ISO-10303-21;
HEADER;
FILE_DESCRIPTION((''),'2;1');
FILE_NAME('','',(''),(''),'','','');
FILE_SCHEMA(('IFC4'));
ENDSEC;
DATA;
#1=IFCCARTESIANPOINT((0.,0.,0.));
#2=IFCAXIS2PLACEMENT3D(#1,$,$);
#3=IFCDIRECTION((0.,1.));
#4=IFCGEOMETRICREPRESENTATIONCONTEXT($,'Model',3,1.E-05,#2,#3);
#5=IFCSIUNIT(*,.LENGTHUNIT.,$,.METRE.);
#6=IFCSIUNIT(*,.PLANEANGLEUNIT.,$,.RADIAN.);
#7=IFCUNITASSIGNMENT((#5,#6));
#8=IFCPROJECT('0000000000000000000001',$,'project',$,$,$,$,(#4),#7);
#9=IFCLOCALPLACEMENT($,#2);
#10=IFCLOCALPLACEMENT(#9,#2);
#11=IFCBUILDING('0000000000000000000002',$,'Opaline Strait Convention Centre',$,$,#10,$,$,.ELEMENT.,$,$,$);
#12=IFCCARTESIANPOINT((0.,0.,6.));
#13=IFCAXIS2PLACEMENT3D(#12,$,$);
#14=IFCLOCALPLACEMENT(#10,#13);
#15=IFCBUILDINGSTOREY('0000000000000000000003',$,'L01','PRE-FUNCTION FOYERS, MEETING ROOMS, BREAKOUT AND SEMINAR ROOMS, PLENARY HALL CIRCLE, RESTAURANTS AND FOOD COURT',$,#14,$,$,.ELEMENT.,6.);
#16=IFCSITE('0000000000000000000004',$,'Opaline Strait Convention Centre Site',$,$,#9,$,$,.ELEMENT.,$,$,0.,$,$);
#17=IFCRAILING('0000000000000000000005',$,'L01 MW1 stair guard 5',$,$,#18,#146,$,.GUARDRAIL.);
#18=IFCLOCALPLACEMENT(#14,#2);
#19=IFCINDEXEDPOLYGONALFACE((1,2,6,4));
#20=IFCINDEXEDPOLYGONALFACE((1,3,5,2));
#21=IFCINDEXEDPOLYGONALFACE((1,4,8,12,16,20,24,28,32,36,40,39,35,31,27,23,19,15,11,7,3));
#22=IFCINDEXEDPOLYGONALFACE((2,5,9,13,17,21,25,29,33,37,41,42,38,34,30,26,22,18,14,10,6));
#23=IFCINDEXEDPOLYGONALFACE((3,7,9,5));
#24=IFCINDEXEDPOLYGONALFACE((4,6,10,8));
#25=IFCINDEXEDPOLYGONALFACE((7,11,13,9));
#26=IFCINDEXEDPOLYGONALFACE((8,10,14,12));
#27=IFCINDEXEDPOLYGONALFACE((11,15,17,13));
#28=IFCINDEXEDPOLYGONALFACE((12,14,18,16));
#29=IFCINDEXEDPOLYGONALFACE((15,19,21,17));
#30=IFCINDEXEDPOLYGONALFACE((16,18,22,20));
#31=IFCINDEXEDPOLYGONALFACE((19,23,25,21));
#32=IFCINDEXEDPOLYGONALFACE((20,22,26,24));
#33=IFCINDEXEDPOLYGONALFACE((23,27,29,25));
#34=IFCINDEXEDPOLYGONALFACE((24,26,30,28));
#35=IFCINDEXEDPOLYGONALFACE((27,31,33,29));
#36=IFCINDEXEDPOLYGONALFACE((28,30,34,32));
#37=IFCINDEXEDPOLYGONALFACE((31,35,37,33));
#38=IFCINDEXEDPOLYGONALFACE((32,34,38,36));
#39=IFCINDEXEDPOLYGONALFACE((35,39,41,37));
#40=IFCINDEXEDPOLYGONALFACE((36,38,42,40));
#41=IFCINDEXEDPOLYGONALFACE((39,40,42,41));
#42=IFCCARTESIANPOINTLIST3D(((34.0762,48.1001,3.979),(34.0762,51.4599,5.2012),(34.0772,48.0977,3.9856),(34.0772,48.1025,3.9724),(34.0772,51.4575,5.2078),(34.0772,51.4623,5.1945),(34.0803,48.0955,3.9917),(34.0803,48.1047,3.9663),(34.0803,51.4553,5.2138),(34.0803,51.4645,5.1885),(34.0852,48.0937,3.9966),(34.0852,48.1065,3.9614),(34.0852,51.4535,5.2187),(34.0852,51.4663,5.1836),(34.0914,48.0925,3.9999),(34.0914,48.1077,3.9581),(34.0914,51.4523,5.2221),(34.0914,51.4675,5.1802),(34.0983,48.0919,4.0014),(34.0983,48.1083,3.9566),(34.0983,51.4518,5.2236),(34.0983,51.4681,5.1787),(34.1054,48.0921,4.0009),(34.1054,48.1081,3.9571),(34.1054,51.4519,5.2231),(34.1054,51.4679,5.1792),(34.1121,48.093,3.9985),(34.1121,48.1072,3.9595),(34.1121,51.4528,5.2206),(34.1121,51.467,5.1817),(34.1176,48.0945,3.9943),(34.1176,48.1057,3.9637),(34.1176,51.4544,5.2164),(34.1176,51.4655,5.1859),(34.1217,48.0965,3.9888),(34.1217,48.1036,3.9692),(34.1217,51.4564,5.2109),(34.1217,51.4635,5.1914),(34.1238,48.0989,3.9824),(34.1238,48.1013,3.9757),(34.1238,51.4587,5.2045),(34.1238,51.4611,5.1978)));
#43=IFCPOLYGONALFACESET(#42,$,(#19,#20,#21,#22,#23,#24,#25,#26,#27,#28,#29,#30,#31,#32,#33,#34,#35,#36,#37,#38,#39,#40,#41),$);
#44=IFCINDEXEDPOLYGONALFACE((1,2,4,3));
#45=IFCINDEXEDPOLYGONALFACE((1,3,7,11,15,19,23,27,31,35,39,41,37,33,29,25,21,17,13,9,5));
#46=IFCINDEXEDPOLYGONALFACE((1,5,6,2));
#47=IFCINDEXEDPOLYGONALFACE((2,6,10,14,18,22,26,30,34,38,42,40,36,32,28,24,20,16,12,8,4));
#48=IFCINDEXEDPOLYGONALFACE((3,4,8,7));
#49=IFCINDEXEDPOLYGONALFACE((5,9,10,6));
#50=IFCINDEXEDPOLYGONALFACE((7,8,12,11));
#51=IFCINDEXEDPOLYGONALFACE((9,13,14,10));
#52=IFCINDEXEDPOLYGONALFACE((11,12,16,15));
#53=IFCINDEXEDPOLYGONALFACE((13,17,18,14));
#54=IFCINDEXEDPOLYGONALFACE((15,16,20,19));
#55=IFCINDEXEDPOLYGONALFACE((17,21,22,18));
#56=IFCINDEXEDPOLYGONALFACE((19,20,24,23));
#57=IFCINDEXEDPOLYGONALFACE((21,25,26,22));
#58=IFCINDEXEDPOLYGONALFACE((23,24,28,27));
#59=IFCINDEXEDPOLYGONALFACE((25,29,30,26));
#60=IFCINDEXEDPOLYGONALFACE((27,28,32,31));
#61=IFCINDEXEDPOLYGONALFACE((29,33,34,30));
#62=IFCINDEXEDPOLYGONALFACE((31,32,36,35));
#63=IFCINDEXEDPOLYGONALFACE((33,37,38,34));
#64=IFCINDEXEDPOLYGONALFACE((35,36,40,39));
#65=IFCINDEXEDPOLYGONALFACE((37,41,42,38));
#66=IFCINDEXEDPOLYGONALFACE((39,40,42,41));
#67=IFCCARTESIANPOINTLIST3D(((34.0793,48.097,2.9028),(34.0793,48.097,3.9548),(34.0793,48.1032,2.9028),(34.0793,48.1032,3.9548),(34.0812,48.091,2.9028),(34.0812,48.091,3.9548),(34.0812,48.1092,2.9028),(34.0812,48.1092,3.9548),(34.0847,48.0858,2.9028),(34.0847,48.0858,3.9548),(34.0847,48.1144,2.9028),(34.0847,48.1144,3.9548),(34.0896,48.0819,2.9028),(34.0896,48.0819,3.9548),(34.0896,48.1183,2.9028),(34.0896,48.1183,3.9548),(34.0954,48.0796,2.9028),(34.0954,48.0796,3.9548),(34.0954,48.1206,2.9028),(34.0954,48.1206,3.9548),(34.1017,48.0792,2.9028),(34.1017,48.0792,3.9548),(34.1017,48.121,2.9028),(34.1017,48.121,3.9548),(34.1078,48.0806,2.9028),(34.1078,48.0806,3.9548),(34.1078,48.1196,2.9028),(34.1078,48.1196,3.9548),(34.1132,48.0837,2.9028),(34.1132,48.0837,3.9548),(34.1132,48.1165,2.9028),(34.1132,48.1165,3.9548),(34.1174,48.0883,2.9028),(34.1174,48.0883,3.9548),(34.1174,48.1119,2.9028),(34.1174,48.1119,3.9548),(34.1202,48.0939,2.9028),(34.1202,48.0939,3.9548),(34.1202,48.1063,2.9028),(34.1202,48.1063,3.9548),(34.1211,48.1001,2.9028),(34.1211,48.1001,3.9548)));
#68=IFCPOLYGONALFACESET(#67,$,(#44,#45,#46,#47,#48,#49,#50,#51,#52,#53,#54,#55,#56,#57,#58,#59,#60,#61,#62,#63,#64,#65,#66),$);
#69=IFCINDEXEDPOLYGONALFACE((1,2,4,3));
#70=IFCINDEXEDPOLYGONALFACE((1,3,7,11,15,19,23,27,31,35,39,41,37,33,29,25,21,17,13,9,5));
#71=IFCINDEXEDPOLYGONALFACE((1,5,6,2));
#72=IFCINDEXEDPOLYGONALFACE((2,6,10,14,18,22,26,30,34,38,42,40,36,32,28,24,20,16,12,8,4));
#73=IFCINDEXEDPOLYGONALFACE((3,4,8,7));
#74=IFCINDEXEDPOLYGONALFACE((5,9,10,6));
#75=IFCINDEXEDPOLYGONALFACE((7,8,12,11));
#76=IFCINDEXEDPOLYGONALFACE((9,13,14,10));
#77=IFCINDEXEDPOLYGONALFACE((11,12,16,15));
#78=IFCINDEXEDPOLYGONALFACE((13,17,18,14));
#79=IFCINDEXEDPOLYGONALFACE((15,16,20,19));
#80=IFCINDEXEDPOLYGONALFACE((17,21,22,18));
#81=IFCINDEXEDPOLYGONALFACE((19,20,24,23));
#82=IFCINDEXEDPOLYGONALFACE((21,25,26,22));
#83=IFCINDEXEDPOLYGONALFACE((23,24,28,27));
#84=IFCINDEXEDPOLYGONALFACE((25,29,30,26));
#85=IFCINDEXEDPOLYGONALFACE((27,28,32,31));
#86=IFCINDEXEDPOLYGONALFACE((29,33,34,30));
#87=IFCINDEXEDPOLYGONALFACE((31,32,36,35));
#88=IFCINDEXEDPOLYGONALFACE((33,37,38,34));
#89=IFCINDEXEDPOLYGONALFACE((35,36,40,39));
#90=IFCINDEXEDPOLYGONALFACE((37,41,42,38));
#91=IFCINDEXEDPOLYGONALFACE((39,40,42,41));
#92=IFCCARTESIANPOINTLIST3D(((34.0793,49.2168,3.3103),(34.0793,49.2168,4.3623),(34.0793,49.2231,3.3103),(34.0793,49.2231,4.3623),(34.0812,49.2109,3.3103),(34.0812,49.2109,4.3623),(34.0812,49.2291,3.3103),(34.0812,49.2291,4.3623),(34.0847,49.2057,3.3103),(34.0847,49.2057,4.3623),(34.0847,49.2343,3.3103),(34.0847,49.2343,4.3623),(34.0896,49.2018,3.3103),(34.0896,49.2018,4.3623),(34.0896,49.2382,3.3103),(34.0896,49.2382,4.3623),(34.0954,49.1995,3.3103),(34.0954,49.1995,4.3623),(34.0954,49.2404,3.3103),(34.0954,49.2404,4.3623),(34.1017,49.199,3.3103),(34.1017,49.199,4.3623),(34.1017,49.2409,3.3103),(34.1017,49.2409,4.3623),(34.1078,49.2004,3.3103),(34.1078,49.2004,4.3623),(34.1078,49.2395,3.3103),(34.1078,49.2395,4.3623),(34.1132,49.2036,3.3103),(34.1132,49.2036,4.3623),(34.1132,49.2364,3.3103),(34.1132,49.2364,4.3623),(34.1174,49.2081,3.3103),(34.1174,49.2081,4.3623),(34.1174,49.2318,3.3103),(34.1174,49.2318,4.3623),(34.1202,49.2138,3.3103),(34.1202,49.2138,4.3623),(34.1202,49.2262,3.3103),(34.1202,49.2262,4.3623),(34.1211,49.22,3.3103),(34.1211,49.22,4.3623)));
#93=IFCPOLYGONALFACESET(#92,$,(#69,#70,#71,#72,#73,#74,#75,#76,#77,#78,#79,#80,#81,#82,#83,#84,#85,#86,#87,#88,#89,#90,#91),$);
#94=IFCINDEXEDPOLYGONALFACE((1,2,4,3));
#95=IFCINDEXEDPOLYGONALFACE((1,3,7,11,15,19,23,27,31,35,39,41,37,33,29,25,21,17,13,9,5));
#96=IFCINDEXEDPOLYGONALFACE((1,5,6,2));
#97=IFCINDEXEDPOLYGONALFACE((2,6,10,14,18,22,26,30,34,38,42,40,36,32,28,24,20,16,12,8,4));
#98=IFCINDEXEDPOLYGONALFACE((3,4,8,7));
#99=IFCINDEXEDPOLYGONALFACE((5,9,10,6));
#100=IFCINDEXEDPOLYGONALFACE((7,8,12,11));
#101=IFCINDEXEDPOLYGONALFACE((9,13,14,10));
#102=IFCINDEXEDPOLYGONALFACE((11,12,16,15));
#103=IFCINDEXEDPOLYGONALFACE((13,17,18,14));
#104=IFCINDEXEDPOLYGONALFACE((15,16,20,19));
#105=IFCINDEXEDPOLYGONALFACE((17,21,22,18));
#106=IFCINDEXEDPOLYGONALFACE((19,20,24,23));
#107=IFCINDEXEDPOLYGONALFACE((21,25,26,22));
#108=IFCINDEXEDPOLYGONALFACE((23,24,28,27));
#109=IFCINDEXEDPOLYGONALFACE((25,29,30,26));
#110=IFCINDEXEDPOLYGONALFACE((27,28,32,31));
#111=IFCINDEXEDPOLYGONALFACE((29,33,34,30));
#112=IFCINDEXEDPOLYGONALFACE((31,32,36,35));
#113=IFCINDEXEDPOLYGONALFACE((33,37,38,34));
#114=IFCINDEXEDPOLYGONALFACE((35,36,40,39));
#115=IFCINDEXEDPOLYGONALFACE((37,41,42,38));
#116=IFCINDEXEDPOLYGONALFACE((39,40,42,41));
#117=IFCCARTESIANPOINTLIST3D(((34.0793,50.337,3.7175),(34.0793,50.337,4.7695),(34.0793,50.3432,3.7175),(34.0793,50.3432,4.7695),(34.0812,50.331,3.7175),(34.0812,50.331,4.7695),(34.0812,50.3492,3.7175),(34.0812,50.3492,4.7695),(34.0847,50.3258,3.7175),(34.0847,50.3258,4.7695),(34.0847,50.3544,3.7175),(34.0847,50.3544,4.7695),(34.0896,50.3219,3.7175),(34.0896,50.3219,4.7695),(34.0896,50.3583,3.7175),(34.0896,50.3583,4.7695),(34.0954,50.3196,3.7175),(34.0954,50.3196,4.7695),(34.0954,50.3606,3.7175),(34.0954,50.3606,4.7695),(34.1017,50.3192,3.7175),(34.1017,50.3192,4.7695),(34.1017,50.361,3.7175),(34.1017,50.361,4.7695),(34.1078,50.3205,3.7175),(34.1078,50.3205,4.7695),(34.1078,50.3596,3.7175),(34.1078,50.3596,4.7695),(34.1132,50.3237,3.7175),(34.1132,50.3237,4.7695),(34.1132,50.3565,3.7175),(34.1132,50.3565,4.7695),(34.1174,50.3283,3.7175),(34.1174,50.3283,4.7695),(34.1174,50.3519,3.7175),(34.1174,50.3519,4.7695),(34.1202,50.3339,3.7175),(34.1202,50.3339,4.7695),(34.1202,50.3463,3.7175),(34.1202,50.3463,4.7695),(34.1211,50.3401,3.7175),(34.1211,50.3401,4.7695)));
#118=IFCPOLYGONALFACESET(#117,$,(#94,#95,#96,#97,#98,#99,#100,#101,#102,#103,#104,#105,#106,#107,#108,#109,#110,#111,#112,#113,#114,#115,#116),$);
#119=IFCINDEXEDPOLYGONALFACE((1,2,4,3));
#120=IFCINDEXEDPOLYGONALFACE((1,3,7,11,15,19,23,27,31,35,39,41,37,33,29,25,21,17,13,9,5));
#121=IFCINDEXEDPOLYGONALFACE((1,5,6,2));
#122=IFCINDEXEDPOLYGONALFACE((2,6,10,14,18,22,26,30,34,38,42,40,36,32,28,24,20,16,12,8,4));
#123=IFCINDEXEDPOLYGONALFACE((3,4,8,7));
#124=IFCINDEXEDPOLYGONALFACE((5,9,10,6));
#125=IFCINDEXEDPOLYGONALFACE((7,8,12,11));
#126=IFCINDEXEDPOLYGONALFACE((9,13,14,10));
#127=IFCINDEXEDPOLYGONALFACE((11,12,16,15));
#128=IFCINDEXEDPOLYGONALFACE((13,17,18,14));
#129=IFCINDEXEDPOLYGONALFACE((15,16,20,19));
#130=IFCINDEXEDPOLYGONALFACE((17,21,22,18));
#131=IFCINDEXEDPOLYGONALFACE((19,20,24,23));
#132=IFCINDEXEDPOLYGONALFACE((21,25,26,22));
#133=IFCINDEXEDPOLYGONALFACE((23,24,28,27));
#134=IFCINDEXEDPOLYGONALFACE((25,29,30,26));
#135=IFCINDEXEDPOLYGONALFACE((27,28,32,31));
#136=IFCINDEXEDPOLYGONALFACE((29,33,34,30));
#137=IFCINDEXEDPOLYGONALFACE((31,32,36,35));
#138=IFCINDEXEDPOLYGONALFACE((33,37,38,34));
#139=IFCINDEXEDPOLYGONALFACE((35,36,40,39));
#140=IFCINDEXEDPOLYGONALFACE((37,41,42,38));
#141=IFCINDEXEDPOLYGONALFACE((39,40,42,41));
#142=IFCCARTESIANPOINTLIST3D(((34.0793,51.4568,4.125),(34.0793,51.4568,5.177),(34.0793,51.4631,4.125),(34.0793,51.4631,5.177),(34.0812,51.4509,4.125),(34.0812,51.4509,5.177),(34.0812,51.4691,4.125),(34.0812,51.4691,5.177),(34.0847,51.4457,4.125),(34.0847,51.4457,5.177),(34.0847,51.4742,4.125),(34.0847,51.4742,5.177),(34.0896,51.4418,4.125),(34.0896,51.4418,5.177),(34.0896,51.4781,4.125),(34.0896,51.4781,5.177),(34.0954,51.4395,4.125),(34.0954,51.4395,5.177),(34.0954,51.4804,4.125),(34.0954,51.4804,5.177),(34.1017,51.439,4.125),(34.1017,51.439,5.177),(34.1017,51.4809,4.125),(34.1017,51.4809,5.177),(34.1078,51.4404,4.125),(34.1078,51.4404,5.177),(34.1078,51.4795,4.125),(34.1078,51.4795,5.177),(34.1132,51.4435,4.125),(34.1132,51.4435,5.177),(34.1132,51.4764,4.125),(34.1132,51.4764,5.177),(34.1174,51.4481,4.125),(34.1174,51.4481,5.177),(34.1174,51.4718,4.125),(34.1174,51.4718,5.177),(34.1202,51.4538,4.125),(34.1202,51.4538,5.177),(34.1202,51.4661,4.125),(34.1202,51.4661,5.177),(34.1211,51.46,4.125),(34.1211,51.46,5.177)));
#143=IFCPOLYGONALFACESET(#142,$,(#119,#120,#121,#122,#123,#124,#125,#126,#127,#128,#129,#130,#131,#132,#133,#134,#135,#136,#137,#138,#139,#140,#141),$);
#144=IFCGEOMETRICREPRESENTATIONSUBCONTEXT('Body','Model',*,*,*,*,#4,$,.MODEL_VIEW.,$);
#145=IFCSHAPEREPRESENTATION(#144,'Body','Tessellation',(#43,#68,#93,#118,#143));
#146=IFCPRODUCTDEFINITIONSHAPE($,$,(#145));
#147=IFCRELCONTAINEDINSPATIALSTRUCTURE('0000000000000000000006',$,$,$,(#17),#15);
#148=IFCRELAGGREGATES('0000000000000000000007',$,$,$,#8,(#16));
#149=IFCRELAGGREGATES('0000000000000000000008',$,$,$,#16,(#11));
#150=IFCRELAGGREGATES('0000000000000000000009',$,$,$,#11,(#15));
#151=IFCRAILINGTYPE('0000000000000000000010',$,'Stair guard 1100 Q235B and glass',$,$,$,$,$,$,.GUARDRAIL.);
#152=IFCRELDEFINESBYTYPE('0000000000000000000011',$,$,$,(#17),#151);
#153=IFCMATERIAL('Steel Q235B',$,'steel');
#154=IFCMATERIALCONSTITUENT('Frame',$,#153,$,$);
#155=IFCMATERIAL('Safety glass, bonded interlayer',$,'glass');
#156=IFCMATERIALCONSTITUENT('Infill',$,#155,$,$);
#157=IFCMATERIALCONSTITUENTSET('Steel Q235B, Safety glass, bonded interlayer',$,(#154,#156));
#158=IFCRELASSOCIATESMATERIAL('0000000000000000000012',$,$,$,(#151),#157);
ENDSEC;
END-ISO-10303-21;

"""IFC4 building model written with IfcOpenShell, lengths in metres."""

from ifc_helpers import new_model, si_unit, direction, frame, origin, origin_2d, place, context, subcontext, project, spatial, circle, extrude, material, constituent, constituent_set, type_object, element, save


model = new_model("IFC4")

# Units and contexts
model_context = context("Model", 3, precision=1e-05, world=origin(), true_north=direction((0.0, 1.0)))
body_context = subcontext(model_context, "Body", "Model", "MODEL_VIEW")
ifc_project = project(units=[si_unit("LENGTHUNIT", "METRE"), si_unit("PLANEANGLEUNIT", "RADIAN")], contexts=[model_context])

# Site, building, storey
site_placement = place(None, origin())
site = spatial("IfcSite", under=ifc_project, at=site_placement, Name="Opaline Strait Convention Centre Site", CompositionType="ELEMENT", RefElevation=0.0)
building_placement = place(site_placement, origin())
building = spatial("IfcBuilding", under=site, at=building_placement, Name="Opaline Strait Convention Centre", CompositionType="ELEMENT")
storey_placement = place(building_placement, frame((0.0, 0.0, 6.0)))
storey = spatial("IfcBuildingStorey", under=building, at=storey_placement, Name="L01", Description="PRE-FUNCTION FOYERS, MEETING ROOMS, BREAKOUT AND SEMINAR ROOMS, PLENARY HALL CIRCLE, RESTAURANTS AND FOOD COURT", CompositionType="ELEMENT", Elevation=6.0)

# Railing
ifc_material_1 = material(Name="Steel Q235B", Category="steel")
ifc_constituent_1 = constituent(ifc_material_1, Name="Frame")
ifc_material_2 = material(Name="Safety glass, bonded interlayer", Category="glass")
ifc_constituent_2 = constituent(ifc_material_2, Name="Infill")
ifc_constituent_set = constituent_set(constituents=[ifc_constituent_1, ifc_constituent_2], Name="Steel Q235B, Safety glass, bonded interlayer")
railing_type_1 = type_object("IfcRailingType", Name="Stair guard 1100 Q235B and glass", PredefinedType="GUARDRAIL", material=ifc_constituent_set)
railing_1_placement = place(storey_placement, frame((34.1001, 48.1001, 2.9028)))
element("IfcRailing", 1, at=railing_1_placement, inside=storey, type_object=railing_type_1, Name="L01 MW1 stair guard 5", PredefinedType="GUARDRAIL", context=body_context, shape_type="SweptSolid", body=[
    extrude(circle(Radius=0.0239, at=origin_2d()), frame((0.0, 0.0, 1.0762), z_axis=(0.0, 0.939758, 0.341842), x_axis=(-1.0, 0.0, 0.0)), (0.0, 0.0, 1.0), 3.5752),
    extrude(circle(Radius=0.021, at=origin_2d()), origin(), (0.0, 0.0, 1.0), 1.052),
    extrude(circle(Radius=0.021, at=origin_2d()), frame((0.0, 1.1199, 0.4075)), (0.0, 0.0, 1.0), 1.052),
    extrude(circle(Radius=0.021, at=origin_2d()), frame((0.0, 2.24, 0.8147)), (0.0, 0.0, 1.0), 1.052),
    extrude(circle(Radius=0.021, at=origin_2d()), frame((0.0, 3.3599, 1.2222)), (0.0, 0.0, 1.0), 1.052),
])

save(model, "model.ifc")
